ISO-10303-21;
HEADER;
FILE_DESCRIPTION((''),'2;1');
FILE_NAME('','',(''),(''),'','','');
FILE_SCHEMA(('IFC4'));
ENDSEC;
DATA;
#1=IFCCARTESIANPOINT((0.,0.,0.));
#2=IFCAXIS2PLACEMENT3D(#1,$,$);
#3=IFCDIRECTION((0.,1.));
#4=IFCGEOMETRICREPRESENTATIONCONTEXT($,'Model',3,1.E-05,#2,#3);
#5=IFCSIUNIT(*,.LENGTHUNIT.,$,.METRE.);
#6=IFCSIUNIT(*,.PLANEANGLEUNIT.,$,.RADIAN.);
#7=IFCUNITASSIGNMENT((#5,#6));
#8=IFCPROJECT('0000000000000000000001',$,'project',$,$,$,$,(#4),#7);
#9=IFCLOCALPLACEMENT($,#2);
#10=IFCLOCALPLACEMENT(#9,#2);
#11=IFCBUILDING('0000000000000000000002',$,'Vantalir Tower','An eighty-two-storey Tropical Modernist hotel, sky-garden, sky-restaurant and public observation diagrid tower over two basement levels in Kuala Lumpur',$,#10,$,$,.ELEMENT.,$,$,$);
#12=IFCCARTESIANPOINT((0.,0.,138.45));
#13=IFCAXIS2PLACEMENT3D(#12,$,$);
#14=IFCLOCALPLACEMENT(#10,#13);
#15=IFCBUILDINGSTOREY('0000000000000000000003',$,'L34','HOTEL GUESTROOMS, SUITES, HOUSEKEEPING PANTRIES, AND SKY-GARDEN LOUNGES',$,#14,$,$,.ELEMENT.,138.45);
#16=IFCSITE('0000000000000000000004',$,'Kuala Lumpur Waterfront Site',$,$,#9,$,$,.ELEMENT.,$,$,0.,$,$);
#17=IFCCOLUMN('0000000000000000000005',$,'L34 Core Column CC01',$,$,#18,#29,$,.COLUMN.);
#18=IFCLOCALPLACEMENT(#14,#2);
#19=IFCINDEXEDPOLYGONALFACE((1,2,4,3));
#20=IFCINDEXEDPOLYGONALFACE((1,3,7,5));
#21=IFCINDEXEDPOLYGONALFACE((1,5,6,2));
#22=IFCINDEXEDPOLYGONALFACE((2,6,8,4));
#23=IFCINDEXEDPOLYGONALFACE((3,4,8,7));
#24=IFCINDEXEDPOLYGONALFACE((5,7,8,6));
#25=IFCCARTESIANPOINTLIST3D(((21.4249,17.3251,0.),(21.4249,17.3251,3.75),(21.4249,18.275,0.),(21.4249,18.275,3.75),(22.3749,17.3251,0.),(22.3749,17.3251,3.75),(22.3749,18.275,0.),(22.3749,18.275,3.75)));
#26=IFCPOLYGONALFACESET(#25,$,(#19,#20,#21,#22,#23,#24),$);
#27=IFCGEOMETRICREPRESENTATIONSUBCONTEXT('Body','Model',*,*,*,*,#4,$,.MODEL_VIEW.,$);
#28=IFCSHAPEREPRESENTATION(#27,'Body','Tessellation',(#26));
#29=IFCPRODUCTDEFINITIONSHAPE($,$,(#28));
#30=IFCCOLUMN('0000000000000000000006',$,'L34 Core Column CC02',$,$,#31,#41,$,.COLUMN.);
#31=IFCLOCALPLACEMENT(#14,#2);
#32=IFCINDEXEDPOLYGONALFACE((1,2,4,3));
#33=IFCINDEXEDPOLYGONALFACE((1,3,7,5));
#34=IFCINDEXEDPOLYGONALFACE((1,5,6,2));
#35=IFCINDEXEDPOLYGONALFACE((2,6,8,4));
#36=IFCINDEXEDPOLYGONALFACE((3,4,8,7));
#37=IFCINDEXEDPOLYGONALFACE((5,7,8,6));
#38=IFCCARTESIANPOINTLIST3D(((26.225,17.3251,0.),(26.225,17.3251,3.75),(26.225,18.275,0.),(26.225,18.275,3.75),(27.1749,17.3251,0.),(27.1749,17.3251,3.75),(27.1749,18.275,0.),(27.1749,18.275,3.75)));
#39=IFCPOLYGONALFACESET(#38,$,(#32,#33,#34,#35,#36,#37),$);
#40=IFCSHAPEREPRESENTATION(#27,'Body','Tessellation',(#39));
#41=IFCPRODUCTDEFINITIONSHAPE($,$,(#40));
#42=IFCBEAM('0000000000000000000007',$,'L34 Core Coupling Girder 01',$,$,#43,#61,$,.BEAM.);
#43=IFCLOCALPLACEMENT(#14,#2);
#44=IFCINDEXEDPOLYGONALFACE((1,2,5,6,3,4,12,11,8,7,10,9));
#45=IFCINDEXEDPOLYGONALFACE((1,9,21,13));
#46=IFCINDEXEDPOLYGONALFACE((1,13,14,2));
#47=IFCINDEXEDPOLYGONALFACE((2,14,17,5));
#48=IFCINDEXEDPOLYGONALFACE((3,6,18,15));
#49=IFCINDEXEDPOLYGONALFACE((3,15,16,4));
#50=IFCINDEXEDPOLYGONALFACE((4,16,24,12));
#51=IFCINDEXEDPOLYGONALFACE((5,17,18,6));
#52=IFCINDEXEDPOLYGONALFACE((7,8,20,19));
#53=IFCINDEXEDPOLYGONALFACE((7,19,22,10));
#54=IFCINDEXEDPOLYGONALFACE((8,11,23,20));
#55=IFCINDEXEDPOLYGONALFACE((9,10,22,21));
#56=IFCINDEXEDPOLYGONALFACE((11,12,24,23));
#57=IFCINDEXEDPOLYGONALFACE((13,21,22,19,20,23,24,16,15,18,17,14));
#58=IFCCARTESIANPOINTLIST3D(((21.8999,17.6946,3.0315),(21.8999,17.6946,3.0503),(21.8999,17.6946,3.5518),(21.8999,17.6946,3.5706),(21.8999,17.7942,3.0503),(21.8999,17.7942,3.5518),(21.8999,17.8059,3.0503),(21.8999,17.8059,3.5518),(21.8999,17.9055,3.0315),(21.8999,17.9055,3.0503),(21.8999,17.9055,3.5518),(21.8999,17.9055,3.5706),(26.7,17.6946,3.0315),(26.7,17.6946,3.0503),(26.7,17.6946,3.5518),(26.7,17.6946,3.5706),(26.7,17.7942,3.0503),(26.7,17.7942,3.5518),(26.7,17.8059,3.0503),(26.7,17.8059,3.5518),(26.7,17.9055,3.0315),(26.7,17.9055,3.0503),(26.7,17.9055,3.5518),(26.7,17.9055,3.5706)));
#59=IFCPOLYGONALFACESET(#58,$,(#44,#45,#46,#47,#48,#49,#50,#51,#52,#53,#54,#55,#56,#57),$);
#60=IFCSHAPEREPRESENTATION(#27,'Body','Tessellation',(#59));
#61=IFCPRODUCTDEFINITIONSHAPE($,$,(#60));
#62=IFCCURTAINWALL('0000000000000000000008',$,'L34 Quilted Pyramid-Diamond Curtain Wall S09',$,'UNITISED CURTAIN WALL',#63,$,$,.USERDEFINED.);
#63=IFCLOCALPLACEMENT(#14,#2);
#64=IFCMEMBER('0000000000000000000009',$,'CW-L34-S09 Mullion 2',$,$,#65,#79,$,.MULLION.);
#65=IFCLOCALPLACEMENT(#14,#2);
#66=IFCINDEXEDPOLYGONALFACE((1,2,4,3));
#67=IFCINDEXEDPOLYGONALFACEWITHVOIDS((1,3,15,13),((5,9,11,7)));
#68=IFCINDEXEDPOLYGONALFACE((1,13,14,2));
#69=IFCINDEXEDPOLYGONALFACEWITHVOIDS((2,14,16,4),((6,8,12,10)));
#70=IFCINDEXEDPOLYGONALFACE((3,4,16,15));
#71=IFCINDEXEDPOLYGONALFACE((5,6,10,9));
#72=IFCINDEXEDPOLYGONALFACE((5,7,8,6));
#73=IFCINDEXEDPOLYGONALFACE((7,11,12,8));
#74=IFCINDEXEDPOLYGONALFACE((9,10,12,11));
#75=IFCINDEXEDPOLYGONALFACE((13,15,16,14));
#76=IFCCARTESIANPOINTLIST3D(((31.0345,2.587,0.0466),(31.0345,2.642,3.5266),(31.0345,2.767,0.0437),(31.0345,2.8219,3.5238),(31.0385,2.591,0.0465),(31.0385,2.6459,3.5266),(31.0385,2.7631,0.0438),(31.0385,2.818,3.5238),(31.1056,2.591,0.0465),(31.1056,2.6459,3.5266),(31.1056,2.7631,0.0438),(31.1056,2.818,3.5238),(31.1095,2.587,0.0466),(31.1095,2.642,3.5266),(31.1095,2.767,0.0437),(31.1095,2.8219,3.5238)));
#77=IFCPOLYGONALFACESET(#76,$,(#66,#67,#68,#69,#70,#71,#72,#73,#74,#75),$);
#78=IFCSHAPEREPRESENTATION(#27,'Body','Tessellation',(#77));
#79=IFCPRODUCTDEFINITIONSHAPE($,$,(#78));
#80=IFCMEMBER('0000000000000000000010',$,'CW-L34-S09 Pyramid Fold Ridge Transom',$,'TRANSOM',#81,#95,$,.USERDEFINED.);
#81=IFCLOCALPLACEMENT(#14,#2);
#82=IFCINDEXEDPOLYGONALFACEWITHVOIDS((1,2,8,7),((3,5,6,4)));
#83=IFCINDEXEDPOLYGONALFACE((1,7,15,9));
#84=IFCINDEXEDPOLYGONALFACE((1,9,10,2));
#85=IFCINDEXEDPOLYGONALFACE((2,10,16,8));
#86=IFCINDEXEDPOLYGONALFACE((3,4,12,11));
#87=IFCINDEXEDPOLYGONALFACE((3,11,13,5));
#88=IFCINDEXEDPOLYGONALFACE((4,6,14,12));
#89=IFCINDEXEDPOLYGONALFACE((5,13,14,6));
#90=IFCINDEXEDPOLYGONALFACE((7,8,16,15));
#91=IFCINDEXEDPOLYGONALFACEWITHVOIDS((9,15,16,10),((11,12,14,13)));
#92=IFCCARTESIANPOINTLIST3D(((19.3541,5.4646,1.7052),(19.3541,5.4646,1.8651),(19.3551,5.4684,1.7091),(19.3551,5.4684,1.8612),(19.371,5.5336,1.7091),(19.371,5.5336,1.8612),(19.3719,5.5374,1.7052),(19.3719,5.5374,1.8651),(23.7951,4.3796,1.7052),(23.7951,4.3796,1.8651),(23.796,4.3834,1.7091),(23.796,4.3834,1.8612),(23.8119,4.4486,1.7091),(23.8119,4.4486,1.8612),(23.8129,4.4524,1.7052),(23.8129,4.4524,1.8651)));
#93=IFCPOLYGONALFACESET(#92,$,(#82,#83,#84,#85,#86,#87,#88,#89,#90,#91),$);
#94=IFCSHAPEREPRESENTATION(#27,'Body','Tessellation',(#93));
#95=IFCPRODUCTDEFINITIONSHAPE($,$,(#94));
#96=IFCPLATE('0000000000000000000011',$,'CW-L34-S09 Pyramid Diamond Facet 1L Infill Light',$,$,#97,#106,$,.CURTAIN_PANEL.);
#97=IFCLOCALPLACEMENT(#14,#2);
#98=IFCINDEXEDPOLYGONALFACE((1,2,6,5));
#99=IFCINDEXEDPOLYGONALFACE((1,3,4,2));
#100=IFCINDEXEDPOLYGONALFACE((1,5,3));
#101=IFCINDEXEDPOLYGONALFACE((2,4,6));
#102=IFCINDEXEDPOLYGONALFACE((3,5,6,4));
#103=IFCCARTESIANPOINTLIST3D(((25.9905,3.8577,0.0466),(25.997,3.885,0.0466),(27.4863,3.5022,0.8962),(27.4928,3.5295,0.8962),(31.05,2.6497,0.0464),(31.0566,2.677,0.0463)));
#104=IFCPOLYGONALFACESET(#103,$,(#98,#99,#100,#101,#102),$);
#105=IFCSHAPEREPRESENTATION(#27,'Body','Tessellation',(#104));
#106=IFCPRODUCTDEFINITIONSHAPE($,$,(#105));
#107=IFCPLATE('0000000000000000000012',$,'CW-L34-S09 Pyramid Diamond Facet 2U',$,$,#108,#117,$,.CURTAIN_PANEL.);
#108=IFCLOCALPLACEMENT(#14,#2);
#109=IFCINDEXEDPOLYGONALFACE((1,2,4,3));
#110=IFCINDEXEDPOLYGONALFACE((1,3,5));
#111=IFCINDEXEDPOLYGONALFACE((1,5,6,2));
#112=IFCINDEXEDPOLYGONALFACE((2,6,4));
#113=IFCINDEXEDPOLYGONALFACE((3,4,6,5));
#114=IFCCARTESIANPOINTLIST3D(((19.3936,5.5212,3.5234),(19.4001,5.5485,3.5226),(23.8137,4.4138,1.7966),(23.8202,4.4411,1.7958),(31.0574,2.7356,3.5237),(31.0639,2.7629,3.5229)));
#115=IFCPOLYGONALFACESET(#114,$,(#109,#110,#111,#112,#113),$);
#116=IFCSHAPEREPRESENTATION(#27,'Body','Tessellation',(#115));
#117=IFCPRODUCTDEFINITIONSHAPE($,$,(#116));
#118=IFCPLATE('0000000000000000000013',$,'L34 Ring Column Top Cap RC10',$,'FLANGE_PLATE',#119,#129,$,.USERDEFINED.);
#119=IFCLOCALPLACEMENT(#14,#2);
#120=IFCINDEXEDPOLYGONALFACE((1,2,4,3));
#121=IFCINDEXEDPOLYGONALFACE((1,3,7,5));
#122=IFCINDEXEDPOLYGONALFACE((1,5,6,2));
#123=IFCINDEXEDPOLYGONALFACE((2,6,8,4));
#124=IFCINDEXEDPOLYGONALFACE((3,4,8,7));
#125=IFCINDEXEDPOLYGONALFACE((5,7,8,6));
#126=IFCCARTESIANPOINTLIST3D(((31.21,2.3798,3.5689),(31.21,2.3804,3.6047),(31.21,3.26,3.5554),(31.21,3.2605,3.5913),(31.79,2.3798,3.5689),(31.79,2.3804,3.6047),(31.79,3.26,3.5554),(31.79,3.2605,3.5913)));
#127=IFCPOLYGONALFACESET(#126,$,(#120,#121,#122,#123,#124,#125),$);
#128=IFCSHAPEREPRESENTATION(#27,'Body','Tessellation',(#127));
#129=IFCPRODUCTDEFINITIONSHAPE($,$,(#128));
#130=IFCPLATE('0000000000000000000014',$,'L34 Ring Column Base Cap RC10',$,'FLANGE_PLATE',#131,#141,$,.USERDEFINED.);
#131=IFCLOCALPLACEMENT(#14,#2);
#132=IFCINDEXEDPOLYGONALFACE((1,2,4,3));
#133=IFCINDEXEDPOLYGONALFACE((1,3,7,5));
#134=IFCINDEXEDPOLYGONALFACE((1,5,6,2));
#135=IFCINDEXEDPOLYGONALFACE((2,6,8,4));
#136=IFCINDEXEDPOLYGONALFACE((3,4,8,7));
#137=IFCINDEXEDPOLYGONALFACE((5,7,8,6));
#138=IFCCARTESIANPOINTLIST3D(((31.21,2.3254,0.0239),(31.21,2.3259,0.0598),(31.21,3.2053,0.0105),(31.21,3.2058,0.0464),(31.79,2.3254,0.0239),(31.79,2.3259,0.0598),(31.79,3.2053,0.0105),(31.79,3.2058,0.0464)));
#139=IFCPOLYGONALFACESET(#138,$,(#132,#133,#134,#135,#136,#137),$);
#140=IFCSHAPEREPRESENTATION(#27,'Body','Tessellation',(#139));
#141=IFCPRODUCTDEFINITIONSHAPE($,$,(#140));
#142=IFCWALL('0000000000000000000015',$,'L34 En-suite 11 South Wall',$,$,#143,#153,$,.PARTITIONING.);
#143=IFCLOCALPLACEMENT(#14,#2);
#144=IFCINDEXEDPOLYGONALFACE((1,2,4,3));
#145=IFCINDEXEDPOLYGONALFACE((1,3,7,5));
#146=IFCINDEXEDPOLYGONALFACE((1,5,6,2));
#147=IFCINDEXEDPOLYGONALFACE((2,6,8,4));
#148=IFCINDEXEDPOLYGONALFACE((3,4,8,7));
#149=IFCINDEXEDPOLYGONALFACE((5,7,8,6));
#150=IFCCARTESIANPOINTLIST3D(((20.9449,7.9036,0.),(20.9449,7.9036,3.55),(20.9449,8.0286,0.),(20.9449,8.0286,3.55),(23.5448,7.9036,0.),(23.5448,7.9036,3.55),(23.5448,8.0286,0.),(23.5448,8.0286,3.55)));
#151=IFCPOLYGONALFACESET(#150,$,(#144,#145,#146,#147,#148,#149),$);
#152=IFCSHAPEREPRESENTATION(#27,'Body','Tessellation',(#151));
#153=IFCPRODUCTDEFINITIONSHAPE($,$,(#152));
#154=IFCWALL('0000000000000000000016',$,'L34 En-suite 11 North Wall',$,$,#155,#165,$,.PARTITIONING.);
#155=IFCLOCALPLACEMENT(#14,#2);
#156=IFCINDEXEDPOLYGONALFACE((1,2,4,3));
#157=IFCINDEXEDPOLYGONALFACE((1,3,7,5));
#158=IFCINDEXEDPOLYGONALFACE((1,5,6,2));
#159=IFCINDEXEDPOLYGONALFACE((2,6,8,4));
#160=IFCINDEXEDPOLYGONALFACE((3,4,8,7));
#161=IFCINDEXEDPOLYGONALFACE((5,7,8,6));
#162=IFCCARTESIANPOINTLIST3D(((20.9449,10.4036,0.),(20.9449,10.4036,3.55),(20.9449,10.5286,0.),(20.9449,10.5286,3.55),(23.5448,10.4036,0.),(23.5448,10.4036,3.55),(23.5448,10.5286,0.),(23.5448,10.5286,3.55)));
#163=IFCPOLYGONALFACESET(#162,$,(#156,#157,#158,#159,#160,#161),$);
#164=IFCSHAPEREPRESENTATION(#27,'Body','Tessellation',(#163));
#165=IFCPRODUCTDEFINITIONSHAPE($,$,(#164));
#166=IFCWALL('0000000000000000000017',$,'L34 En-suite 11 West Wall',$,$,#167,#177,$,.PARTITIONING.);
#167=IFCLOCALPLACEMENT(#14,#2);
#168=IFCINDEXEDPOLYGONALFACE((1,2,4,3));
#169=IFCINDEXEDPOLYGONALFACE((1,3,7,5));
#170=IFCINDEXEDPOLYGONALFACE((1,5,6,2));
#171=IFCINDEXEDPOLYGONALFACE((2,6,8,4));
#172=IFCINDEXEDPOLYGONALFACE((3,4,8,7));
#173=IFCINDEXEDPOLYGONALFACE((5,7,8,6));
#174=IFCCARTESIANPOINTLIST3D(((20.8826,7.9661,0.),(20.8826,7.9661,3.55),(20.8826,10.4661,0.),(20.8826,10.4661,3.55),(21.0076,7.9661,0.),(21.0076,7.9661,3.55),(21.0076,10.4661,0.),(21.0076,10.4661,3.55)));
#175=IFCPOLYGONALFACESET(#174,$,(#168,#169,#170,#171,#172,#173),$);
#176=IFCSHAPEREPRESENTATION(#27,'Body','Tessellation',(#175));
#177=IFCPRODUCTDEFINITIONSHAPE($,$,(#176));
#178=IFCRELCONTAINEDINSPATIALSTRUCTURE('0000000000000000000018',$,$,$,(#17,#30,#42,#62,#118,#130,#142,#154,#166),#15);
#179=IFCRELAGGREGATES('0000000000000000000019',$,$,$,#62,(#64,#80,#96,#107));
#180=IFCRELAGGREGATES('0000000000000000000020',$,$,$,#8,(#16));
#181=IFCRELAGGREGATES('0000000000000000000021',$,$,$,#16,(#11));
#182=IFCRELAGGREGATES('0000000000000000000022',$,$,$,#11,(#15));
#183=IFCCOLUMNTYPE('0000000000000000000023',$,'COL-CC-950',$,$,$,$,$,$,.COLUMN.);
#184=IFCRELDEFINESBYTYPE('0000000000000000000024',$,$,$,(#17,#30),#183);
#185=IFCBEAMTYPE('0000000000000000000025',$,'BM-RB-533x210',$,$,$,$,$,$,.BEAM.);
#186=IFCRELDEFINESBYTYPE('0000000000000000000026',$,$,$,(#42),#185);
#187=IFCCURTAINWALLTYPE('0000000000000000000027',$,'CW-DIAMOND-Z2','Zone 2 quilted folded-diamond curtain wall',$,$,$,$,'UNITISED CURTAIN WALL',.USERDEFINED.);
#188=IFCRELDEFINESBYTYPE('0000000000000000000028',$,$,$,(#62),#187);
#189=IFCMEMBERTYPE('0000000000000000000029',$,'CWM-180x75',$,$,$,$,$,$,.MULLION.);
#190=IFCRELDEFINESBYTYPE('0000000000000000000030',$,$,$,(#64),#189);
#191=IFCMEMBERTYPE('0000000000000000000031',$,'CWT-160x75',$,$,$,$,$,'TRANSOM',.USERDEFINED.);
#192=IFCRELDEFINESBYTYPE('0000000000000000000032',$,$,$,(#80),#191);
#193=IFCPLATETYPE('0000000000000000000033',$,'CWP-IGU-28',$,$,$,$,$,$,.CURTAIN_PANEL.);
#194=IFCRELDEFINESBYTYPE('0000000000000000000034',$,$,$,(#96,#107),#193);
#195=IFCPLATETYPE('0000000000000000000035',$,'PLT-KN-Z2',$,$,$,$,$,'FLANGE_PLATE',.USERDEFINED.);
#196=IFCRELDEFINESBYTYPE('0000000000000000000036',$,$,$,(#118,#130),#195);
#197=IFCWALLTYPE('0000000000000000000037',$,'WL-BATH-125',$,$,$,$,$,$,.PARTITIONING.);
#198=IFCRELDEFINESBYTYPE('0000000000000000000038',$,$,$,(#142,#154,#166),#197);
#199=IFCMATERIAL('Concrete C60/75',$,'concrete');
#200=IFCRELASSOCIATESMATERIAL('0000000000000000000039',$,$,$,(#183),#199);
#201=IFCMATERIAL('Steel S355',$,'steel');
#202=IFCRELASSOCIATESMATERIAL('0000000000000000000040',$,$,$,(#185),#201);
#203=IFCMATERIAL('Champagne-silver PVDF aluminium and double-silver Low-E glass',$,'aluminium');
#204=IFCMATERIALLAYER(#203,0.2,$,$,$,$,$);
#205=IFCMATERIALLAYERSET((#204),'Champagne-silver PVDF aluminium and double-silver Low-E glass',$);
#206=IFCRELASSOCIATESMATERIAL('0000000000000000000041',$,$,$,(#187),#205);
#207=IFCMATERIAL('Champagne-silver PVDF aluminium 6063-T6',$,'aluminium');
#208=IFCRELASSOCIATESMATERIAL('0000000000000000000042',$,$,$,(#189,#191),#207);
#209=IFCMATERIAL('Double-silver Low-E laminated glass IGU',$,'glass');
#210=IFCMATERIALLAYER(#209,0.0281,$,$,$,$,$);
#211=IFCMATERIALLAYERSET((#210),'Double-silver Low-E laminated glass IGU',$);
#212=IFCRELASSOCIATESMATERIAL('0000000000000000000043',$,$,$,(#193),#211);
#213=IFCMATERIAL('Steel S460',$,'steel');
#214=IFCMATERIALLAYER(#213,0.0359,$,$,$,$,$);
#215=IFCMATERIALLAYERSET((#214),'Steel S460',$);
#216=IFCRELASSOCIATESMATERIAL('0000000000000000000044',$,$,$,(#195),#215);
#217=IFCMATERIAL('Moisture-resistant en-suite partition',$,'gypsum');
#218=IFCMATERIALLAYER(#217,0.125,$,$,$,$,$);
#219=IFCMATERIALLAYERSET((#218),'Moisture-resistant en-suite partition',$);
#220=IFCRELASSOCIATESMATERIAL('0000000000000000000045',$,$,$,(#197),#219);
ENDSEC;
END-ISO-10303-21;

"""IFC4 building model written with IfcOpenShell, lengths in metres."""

from ifc_helpers import new_model, si_unit, direction, frame, frame_2d, origin, origin_2d, place, context, subcontext, project, spatial, polyline, rectangle, hollow_rectangle, i_section, outline, extrude, material, layer, layer_set, material_profile, profile_set, type_object, element, aggregate, save


model = new_model("IFC4")

# Units and contexts
model_context = context("Model", 3, precision=1e-05, world=origin(), true_north=direction((0.0, 1.0)))
body_context = subcontext(model_context, "Body", "Model", "MODEL_VIEW")
ifc_project = project(units=[si_unit("LENGTHUNIT", "METRE"), si_unit("PLANEANGLEUNIT", "RADIAN")], contexts=[model_context])

# Site, building, storey
site_placement = place(None, origin())
site = spatial("IfcSite", under=ifc_project, at=site_placement, Name="Kuala Lumpur Waterfront Site", CompositionType="ELEMENT", RefElevation=0.0)
building_placement = place(site_placement, origin())
building = spatial("IfcBuilding", under=site, at=building_placement, Name="Vantalir Tower", Description="An eighty-two-storey Tropical Modernist hotel, sky-garden, sky-restaurant and public observation diagrid tower over two basement levels in Kuala Lumpur", CompositionType="ELEMENT")
storey_placement = place(building_placement, frame((0.0, 0.0, 138.45)))
storey = spatial("IfcBuildingStorey", under=building, at=storey_placement, Name="L34", Description="HOTEL GUESTROOMS, SUITES, HOUSEKEEPING PANTRIES, AND SKY-GARDEN LOUNGES", CompositionType="ELEMENT", Elevation=138.45)

# Columns
ifc_material_1 = material(Name="Concrete C60/75", Category="concrete")
ifc_material_profile_1 = material_profile(ifc_material_1, rectangle(XDim=0.95, YDim=0.95, at=origin_2d()), Name="Concrete C60/75")
ifc_profile_set_1 = profile_set([ifc_material_profile_1], Name="Concrete C60/75")
column_type = type_object("IfcColumnType", Name="COL-CC-950", PredefinedType="COLUMN", material=ifc_profile_set_1)
for number, where, z_axis, x_axis, name in (
    (1, (21.8999, 17.8, 0.0), (0.0, 0.0, 1.0), (1.0, 0.0, 0.0), "L34 Core Column CC01"),
    (2, (26.7, 17.8, 0.0), (0.0, 0.0, 1.0), (1.0, 0.0, 0.0), "L34 Core Column CC02"),
):
    element("IfcColumn", number, at=place(storey_placement, frame(where, z_axis=z_axis, x_axis=x_axis)), inside=storey, type_object=column_type, Name=name, PredefinedType="COLUMN", context=body_context, shape_type="SweptSolid", body=[
        extrude(rectangle(XDim=0.95, YDim=0.95, at=origin_2d()), origin(), (0.0, 0.0, 1.0), 3.75),
    ])

# Beam
ifc_material_2 = material(Name="Steel S355", Category="steel")
ifc_material_profile_2 = material_profile(ifc_material_2, i_section(OverallWidth=0.2109, OverallDepth=0.5391, WebThickness=0.0117, FlangeThickness=0.0188, at=origin_2d()), Name="Steel S355")
ifc_profile_set_2 = profile_set([ifc_material_profile_2], Name="Steel S355")
beam_type = type_object("IfcBeamType", Name="BM-RB-533x210", PredefinedType="BEAM", material=ifc_profile_set_2)
beam_placement = place(storey_placement, frame((21.8999, 17.8, 3.301), z_axis=(1.0, 0.0, 0.0), x_axis=(0.0, 1.0, 0.0)))
element("IfcBeam", 3, at=beam_placement, inside=storey, type_object=beam_type, Name="L34 Core Coupling Girder 01", PredefinedType="BEAM", context=body_context, shape_type="SweptSolid", body=[
    extrude(i_section(OverallWidth=0.2109, OverallDepth=0.5391, WebThickness=0.0117, FlangeThickness=0.0188, at=origin_2d()), origin(), (0.0, 0.0, 1.0), 4.8),
])

# Curtain wall, members, plates
ifc_material_3 = material(Name="Champagne-silver PVDF aluminium and double-silver Low-E glass", Category="aluminium")
ifc_layer_1 = layer(ifc_material_3, 0.2)
ifc_layer_set_1 = layer_set([ifc_layer_1], Name="Champagne-silver PVDF aluminium and double-silver Low-E glass")
curtain_wall_type = type_object("IfcCurtainWallType", Name="CW-DIAMOND-Z2", Description="Zone 2 quilted folded-diamond curtain wall", ElementType="UNITISED CURTAIN WALL", PredefinedType="USERDEFINED", material=ifc_layer_set_1)
curtain_wall_placement = place(storey_placement, origin())
curtain_wall = element("IfcCurtainWall", 4, at=curtain_wall_placement, inside=storey, type_object=curtain_wall_type, Name="L34 Quilted Pyramid-Diamond Curtain Wall S09", ObjectType="UNITISED CURTAIN WALL", PredefinedType="USERDEFINED")
ifc_material_4 = material(Name="Champagne-silver PVDF aluminium 6063-T6", Category="aluminium")
ifc_material_profile_3 = material_profile(ifc_material_4, hollow_rectangle(XDim=0.075, YDim=0.1799, WallThickness=0.0039, at=origin_2d()), Name="Champagne-silver PVDF aluminium 6063-T6")
ifc_profile_set_3 = profile_set([ifc_material_profile_3], Name="Champagne-silver PVDF aluminium 6063-T6")
member_type_1 = type_object("IfcMemberType", Name="CWM-180x75", PredefinedType="MULLION", material=ifc_profile_set_3)
member_1_placement = place(storey_placement, frame((31.072, 2.677, 0.0452), z_axis=(0.0, 0.015783, 0.999875), x_axis=(-1.0, 0.0, 0.0)))
member_1 = element("IfcMember", 5, at=member_1_placement, type_object=member_type_1, Name="CW-L34-S09 Mullion 2", PredefinedType="MULLION", context=body_context, shape_type="SweptSolid", body=[
    extrude(hollow_rectangle(XDim=0.075, YDim=0.1799, WallThickness=0.0039, at=origin_2d()), origin(), (0.0, 0.0, 1.0), 3.4805),
])
ifc_material_profile_4 = material_profile(ifc_material_4, hollow_rectangle(XDim=0.075, YDim=0.1599, WallThickness=0.0039, at=origin_2d()), Name="Champagne-silver PVDF aluminium 6063-T6")
ifc_profile_set_4 = profile_set([ifc_material_profile_4], Name="Champagne-silver PVDF aluminium 6063-T6")
member_type_2 = type_object("IfcMemberType", Name="CWT-160x75", ElementType="TRANSOM", PredefinedType="USERDEFINED", material=ifc_profile_set_4)
member_2_placement = place(storey_placement, frame((19.363, 5.501, 1.7852), z_axis=(0.971429, -0.23733, 0.0), x_axis=(0.23733, 0.971429, 0.0)))
member_2 = element("IfcMember", 6, at=member_2_placement, type_object=member_type_2, Name="CW-L34-S09 Pyramid Fold Ridge Transom", ObjectType="TRANSOM", PredefinedType="USERDEFINED", context=body_context, shape_type="SweptSolid", body=[
    extrude(hollow_rectangle(XDim=0.075, YDim=0.1599, WallThickness=0.0039, at=origin_2d()), origin(), (0.0, 0.0, 1.0), 4.5715),
])
ifc_material_5 = material(Name="Double-silver Low-E laminated glass IGU", Category="glass")
ifc_layer_2 = layer(ifc_material_5, 0.0281)
ifc_layer_set_2 = layer_set([ifc_layer_2], Name="Double-silver Low-E laminated glass IGU")
plate_type_1 = type_object("IfcPlateType", Name="CWP-IGU-28", PredefinedType="CURTAIN_PANEL", material=ifc_layer_set_2)
plate_1_placement = place(storey_placement, frame((25.9905, 3.8577, 0.0466), z_axis=(-0.232229, -0.972659, 0.001918), x_axis=(0.972661, -0.23223, -0.000047)))
plate_1 = element("IfcPlate", 7, at=plate_1_placement, type_object=plate_type_1, Name="CW-L34-S09 Pyramid Diamond Facet 1L Infill Light", PredefinedType="CURTAIN_PANEL", context=body_context, shape_type="SweptSolid", body=[
    extrude(outline(polyline([(0.0, 0.0), (5.2018, 0.0), (1.5375, 0.8497), (0.0, 0.0)])), origin(), (0.0, 0.0, -1.0), 0.0281),
])
plate_2_placement = place(storey_placement, frame((31.0574, 2.7356, 3.5237), z_axis=(-0.232197, -0.972232, 0.029142), x_axis=(-0.972645, 0.232295, -0.00002)))
plate_2 = element("IfcPlate", 8, at=plate_2_placement, type_object=plate_type_1, Name="CW-L34-S09 Pyramid Diamond Facet 2U", PredefinedType="CURTAIN_PANEL", context=body_context, shape_type="SweptSolid", body=[
    extrude(outline(polyline([(0.0, 0.0), (11.9919, 0.0), (7.4354, 1.7276), (0.0, 0.0)])), origin(), (0.0, 0.0, -1.0), 0.0281),
])
aggregate(curtain_wall, [member_1, member_2, plate_1, plate_2])

# Plates
ifc_material_6 = material(Name="Steel S460", Category="steel")
ifc_layer_3 = layer(ifc_material_6, 0.0359)
ifc_layer_set_3 = layer_set([ifc_layer_3], Name="Steel S460")
plate_type_2 = type_object("IfcPlateType", Name="PLT-KN-Z2", ElementType="FLANGE_PLATE", PredefinedType="USERDEFINED", material=ifc_layer_set_3)
plate_3_placement = place(storey_placement, frame((31.21, 3.2605, 3.5913), z_axis=(0.0, 0.015255, 0.999884), x_axis=(0.0, -0.999884, 0.015255)))
element("IfcPlate", 9, at=plate_3_placement, inside=storey, type_object=plate_type_2, Name="L34 Ring Column Top Cap RC10", ObjectType="FLANGE_PLATE", PredefinedType="USERDEFINED", context=body_context, shape_type="SweptSolid", body=[
    extrude(outline(polyline([(0.0, 0.0), (0.8802, 0.0), (0.8802, 0.5801), (0.0, 0.5801), (0.0, 0.0)])), origin(), (0.0, 0.0, -1.0), 0.0359),
])
plate_4_placement = place(storey_placement, frame((31.21, 3.2058, 0.0464), z_axis=(0.0, 0.015259, 0.999884), x_axis=(0.0, -0.999884, 0.015259)))
element("IfcPlate", 10, at=plate_4_placement, inside=storey, type_object=plate_type_2, Name="L34 Ring Column Base Cap RC10", ObjectType="FLANGE_PLATE", PredefinedType="USERDEFINED", context=body_context, shape_type="SweptSolid", body=[
    extrude(outline(polyline([(0.0, 0.0), (0.88, 0.0), (0.88, 0.5801), (0.0, 0.5801), (0.0, 0.0)])), origin(), (0.0, 0.0, -1.0), 0.0359),
])

# Walls
ifc_material_7 = material(Name="Moisture-resistant en-suite partition", Category="gypsum")
ifc_layer_4 = layer(ifc_material_7, 0.125)
ifc_layer_set_4 = layer_set([ifc_layer_4], Name="Moisture-resistant en-suite partition")
wall_type_1 = type_object("IfcWallType", Name="WL-BATH-125", PredefinedType="PARTITIONING", material=ifc_layer_set_4)
for number, where, z_axis, x_axis, name in (
    (11, (20.9451, 7.9661, 0.0), (0.0, 0.0, 1.0), (1.0, 0.0, 0.0), "L34 En-suite 11 South Wall"),
    (12, (20.9451, 10.4661, 0.0), (0.0, 0.0, 1.0), (1.0, 0.0, 0.0), "L34 En-suite 11 North Wall"),
):
    element("IfcWall", number, at=place(storey_placement, frame(where, z_axis=z_axis, x_axis=x_axis)), inside=storey, type_object=wall_type_1, Name=name, PredefinedType="PARTITIONING", context=body_context, shape_type="SweptSolid", body=[
        extrude(rectangle(XDim=2.5999, YDim=0.125, at=frame_2d((1.2998, 0.0))), origin(), (0.0, 0.0, 1.0), 3.55),
    ])
wall_1_placement = place(storey_placement, frame((20.9451, 7.9661, 0.0), z_axis=(0.0, 0.0, 1.0), x_axis=(0.0, 1.0, 0.0)))
element("IfcWall", 13, at=wall_1_placement, inside=storey, type_object=wall_type_1, Name="L34 En-suite 11 West Wall", PredefinedType="PARTITIONING", context=body_context, shape_type="SweptSolid", body=[
    extrude(rectangle(XDim=2.5, YDim=0.125, at=frame_2d((1.25, 0.0))), origin(), (0.0, 0.0, 1.0), 3.55),
])

save(model, "model.ifc")
